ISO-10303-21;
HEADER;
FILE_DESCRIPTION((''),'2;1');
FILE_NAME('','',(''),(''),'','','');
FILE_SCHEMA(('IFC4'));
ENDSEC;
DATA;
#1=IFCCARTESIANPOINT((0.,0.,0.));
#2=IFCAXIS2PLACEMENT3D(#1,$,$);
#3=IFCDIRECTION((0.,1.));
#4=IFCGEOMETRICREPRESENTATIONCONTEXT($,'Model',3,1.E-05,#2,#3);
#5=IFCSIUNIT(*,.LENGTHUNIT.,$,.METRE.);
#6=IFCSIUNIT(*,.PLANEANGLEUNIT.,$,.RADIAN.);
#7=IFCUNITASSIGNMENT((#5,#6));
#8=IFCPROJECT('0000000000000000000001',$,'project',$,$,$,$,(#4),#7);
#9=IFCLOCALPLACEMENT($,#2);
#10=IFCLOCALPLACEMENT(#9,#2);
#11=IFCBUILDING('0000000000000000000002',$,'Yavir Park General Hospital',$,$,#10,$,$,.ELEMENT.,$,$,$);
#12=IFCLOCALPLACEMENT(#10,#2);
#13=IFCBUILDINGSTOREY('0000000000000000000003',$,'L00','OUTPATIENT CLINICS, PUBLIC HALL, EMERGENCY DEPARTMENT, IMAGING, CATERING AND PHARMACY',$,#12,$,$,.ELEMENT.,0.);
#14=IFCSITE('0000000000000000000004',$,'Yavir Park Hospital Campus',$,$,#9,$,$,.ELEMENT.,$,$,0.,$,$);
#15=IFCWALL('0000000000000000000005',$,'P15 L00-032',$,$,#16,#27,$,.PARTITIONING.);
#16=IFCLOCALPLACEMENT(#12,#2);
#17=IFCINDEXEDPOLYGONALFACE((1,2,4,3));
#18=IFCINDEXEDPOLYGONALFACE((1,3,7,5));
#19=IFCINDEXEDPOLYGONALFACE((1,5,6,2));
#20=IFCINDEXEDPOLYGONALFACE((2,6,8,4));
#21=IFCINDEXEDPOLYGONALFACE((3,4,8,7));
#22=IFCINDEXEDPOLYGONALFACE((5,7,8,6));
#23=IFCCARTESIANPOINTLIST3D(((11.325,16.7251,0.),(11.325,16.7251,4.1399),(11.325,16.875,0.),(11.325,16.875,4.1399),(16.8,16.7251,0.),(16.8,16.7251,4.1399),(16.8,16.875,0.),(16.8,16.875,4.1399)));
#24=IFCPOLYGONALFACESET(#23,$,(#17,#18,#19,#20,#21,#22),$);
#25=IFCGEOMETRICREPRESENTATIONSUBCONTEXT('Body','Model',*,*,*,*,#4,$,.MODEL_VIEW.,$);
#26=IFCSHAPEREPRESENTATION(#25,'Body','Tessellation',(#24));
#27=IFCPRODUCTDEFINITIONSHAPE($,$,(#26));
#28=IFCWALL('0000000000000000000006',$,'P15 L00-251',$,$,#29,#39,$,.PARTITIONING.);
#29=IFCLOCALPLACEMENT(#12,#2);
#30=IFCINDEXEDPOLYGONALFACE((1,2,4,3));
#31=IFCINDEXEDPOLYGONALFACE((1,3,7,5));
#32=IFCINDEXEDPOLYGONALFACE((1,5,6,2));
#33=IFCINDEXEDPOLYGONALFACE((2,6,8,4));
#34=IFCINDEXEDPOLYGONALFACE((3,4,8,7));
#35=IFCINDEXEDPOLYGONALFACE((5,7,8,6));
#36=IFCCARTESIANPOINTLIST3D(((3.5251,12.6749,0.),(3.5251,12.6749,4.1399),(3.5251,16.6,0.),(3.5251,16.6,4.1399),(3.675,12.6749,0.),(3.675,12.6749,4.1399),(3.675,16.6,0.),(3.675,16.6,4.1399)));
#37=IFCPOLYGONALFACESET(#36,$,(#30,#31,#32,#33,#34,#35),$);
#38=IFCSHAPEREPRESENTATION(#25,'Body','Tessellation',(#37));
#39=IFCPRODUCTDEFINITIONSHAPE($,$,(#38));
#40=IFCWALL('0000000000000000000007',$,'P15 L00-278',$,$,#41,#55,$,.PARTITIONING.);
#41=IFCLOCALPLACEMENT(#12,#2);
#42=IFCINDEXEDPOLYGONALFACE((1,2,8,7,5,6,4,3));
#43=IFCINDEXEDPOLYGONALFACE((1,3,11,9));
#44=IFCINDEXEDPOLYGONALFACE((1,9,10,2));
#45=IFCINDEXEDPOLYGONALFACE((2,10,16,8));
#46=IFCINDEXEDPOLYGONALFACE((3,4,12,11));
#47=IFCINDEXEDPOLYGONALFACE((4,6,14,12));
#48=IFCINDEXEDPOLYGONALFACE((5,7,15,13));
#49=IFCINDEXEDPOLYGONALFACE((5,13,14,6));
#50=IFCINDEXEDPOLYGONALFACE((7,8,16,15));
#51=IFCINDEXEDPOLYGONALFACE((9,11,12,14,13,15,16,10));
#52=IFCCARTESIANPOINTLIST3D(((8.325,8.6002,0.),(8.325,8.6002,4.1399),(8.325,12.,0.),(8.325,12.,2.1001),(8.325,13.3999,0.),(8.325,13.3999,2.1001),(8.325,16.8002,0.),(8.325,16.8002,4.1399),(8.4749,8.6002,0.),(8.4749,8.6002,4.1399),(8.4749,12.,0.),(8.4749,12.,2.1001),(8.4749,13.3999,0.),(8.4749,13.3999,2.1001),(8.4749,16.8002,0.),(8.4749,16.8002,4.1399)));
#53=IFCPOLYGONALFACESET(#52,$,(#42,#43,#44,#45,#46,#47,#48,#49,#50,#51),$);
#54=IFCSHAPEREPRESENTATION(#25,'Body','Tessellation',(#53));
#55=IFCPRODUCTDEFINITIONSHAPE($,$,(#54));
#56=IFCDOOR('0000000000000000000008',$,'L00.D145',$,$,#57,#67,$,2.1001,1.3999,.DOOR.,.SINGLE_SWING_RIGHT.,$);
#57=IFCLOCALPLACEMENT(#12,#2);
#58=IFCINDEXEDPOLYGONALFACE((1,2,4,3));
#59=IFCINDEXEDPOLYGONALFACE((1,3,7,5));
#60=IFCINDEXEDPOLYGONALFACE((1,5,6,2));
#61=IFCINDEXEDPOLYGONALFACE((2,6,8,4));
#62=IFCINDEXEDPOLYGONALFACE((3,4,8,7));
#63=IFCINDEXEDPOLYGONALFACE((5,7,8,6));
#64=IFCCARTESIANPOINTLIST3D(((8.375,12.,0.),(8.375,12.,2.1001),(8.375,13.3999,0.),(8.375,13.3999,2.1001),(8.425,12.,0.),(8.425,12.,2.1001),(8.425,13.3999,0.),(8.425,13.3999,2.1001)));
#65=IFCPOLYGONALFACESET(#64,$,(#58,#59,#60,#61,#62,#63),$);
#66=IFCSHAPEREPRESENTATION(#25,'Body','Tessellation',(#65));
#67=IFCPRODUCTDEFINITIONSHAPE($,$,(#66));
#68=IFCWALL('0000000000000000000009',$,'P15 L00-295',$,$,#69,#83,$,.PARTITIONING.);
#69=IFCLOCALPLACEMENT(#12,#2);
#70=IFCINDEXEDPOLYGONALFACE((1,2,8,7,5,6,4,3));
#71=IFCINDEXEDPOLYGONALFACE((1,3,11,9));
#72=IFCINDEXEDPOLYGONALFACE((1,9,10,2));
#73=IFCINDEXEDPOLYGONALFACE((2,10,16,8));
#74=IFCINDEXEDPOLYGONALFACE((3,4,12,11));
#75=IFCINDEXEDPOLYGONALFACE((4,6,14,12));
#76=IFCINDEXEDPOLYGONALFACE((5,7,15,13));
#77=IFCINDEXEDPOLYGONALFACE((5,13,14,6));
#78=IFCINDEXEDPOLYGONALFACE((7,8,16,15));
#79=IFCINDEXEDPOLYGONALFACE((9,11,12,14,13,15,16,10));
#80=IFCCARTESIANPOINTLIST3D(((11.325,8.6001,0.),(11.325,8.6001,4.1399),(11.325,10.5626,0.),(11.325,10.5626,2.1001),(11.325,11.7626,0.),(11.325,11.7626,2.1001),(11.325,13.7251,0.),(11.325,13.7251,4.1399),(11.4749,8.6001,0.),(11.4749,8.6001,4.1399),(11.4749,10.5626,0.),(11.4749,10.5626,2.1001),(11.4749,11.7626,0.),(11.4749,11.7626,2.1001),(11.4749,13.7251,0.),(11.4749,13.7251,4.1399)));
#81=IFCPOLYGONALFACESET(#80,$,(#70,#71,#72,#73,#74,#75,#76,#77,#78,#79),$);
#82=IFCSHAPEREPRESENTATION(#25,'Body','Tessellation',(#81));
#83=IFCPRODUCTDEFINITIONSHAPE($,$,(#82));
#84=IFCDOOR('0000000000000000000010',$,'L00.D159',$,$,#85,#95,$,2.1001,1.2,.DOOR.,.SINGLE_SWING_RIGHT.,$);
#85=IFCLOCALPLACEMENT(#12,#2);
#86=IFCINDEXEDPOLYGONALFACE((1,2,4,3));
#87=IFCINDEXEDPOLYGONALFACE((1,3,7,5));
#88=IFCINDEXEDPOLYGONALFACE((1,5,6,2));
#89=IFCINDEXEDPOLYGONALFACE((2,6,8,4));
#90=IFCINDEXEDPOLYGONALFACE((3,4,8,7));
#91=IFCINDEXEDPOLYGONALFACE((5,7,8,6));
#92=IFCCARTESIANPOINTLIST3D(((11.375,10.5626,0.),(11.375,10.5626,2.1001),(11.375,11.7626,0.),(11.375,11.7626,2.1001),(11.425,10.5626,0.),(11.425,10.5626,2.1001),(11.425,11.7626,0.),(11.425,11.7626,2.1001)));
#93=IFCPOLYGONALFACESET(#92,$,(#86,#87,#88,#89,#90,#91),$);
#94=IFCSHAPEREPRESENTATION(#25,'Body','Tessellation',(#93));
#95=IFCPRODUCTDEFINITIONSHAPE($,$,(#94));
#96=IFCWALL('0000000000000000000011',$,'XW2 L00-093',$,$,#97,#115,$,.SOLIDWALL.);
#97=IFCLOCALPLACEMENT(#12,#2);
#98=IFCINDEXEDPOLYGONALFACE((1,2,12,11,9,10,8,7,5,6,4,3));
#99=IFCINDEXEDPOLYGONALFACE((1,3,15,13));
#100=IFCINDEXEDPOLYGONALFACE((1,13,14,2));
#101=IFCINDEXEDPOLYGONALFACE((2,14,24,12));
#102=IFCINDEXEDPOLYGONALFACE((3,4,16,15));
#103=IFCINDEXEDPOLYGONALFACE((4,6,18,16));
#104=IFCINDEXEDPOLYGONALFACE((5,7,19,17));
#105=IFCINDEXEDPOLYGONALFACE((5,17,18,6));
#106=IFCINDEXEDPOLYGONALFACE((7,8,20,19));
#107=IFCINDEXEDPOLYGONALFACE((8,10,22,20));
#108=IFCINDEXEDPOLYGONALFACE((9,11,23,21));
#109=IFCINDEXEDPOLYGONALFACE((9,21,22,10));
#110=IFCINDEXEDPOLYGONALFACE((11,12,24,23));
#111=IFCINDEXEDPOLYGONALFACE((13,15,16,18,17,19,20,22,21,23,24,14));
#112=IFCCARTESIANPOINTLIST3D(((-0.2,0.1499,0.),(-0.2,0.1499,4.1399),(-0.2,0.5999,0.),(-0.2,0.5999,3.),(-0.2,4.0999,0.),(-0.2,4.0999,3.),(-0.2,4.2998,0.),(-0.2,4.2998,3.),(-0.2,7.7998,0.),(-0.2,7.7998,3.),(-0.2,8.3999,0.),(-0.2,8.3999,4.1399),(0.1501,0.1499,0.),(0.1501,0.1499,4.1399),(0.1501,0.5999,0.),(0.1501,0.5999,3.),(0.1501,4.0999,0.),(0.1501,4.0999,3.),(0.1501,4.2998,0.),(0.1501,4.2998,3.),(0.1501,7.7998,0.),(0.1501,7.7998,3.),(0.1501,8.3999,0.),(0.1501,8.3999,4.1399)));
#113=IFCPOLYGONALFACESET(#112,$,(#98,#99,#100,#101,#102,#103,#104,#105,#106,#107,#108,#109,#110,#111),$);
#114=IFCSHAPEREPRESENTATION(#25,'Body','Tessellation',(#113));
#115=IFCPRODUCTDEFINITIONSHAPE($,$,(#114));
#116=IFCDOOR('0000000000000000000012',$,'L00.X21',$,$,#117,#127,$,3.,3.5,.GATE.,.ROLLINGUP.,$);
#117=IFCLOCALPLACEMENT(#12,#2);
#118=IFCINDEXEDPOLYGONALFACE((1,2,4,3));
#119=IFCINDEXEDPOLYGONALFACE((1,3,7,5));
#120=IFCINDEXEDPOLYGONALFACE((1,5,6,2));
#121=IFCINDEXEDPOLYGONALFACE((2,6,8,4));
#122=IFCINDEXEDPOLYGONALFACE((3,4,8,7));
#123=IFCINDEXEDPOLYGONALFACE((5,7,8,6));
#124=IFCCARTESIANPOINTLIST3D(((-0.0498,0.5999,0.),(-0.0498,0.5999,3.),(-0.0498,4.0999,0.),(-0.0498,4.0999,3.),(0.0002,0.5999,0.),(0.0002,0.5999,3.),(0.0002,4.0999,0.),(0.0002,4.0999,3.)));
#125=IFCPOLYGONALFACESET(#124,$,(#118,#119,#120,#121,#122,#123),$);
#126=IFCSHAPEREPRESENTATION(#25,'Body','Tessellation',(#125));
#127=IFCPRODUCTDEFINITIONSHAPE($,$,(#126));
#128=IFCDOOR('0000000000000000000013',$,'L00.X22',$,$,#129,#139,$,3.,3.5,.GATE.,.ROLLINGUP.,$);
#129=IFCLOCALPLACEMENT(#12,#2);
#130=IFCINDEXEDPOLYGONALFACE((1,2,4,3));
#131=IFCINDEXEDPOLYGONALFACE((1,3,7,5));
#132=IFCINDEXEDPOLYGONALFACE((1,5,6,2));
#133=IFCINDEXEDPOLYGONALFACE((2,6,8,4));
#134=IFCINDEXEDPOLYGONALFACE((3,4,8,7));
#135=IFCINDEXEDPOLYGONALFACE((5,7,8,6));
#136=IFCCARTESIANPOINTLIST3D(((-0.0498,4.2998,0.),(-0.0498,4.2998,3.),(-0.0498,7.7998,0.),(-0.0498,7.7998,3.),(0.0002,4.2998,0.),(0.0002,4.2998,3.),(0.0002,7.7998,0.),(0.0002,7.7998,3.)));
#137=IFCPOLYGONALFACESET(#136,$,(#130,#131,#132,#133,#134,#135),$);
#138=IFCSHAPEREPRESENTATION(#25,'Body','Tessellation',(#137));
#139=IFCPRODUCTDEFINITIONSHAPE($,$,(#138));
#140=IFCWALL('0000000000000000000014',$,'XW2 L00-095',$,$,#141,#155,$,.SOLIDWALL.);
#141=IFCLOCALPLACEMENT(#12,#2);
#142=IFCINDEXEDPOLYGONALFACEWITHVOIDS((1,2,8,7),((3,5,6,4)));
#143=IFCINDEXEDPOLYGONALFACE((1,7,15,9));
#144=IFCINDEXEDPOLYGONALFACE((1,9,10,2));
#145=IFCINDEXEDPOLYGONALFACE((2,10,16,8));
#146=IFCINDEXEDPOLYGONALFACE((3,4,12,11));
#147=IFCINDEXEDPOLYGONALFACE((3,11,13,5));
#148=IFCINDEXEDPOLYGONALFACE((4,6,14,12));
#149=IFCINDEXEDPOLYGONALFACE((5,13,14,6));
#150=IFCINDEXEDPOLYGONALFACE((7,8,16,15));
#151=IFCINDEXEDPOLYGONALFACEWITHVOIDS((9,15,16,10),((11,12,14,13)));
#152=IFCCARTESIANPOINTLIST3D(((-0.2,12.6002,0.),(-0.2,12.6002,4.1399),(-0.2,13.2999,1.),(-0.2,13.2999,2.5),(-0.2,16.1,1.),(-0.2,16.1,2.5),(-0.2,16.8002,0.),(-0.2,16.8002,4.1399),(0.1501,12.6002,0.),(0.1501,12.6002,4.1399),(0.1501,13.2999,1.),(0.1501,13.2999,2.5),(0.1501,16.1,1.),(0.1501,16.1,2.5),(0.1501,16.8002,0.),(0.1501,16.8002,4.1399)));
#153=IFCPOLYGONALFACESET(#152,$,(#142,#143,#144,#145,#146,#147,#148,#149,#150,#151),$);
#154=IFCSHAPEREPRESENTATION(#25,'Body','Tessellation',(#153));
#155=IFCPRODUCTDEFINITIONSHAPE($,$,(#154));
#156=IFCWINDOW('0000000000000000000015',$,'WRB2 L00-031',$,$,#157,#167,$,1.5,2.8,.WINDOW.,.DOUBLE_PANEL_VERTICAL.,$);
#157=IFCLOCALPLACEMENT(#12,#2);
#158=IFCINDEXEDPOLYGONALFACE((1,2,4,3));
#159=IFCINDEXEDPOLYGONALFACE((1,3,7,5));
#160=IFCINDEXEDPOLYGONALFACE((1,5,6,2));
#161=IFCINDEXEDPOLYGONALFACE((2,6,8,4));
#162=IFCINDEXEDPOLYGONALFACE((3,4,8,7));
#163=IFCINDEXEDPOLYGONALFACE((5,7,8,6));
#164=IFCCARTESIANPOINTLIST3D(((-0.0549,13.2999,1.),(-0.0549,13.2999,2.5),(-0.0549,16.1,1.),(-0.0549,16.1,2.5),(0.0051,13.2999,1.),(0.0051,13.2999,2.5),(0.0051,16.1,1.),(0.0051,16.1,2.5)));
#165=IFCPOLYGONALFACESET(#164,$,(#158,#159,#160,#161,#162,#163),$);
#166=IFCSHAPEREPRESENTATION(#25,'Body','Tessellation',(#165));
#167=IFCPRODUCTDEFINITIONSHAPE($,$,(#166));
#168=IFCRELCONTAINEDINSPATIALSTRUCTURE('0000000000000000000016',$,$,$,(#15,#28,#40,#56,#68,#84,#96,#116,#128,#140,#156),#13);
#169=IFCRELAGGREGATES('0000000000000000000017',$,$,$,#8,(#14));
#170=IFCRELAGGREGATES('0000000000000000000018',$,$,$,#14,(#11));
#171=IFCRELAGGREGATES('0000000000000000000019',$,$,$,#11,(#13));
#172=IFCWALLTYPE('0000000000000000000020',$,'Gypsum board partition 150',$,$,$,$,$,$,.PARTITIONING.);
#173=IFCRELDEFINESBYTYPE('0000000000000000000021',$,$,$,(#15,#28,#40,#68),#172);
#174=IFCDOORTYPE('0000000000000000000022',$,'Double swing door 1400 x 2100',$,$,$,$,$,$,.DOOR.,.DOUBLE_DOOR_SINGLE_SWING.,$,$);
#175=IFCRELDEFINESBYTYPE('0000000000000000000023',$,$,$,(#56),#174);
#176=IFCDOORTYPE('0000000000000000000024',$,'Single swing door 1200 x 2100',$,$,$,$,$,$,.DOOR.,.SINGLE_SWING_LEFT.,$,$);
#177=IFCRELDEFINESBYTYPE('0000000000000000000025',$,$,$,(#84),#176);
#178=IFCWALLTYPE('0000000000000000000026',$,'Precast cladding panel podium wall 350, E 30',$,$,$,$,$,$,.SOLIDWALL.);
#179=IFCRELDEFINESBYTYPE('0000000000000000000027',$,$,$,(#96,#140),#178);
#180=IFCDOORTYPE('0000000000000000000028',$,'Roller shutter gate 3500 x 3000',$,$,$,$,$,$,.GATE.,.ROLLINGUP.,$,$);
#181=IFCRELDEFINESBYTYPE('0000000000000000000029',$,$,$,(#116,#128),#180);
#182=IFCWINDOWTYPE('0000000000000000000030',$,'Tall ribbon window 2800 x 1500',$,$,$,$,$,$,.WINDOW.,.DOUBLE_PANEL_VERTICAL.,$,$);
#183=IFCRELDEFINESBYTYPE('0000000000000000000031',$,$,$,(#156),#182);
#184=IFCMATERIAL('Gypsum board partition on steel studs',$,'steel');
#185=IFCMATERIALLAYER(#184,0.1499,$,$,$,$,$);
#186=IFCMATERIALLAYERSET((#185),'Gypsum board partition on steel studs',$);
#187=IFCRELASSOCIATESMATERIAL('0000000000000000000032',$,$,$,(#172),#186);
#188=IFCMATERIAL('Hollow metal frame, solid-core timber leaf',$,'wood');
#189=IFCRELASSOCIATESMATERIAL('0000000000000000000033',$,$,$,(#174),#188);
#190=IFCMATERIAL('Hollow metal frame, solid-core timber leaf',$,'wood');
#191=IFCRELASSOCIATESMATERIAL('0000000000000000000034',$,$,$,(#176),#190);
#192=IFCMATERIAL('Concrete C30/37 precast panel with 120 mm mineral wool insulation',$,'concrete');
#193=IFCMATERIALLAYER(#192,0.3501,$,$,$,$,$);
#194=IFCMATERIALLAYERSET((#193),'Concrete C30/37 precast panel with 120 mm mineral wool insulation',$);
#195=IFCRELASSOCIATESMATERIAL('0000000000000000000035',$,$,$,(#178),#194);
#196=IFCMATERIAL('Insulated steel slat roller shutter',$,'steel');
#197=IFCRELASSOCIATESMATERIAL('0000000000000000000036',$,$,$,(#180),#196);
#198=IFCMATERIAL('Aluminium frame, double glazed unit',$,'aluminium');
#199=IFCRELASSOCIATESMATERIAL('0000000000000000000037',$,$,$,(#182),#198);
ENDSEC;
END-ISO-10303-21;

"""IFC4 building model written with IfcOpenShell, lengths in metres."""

from ifc_helpers import new_model, si_unit, direction, frame, frame_2d, origin, place, context, subcontext, project, spatial, rectangle, extrude, material, layer, layer_set, type_object, element, fill, save


model = new_model("IFC4")

# Units and contexts
model_context = context("Model", 3, precision=1e-05, world=origin(), true_north=direction((0.0, 1.0)))
body_context = subcontext(model_context, "Body", "Model", "MODEL_VIEW")
ifc_project = project(units=[si_unit("LENGTHUNIT", "METRE"), si_unit("PLANEANGLEUNIT", "RADIAN")], contexts=[model_context])

# Site, building, storey
site_placement = place(None, origin())
site = spatial("IfcSite", under=ifc_project, at=site_placement, Name="Yavir Park Hospital Campus", CompositionType="ELEMENT", RefElevation=0.0)
building_placement = place(site_placement, origin())
building = spatial("IfcBuilding", under=site, at=building_placement, Name="Yavir Park General Hospital", CompositionType="ELEMENT")
storey_placement = place(building_placement, origin())
storey = spatial("IfcBuildingStorey", under=building, at=storey_placement, Name="L00", Description="OUTPATIENT CLINICS, PUBLIC HALL, EMERGENCY DEPARTMENT, IMAGING, CATERING AND PHARMACY", CompositionType="ELEMENT", Elevation=0.0)

# Shared definitions
ifc_material_1 = material(Name="Gypsum board partition on steel studs", Category="steel")
ifc_layer_1 = layer(ifc_material_1, 0.1499)
ifc_layer_set_1 = layer_set([ifc_layer_1], Name="Gypsum board partition on steel studs")
wall_type_1 = type_object("IfcWallType", Name="Gypsum board partition 150", PredefinedType="PARTITIONING", material=ifc_layer_set_1)

# Shared definitions
ifc_material_2 = material(Name="Hollow metal frame, solid-core timber leaf", Category="wood")
door_type_1 = type_object("IfcDoorType", Name="Double swing door 1400 x 2100", OperationType="DOUBLE_DOOR_SINGLE_SWING", PredefinedType="DOOR", material=ifc_material_2)
ifc_material_3 = material(Name="Hollow metal frame, solid-core timber leaf", Category="wood")
door_type_2 = type_object("IfcDoorType", Name="Single swing door 1200 x 2100", OperationType="SINGLE_SWING_LEFT", PredefinedType="DOOR", material=ifc_material_3)

# Walls
wall_1_placement = place(storey_placement, frame((11.325, 16.8, 0.0), z_axis=(0.0, 0.0, 1.0), x_axis=(1.0, 0.0, 0.0)))
element("IfcWall", 1, at=wall_1_placement, inside=storey, type_object=wall_type_1, Name="P15 L00-032", PredefinedType="PARTITIONING", context=body_context, shape_type="SweptSolid", body=[
    extrude(rectangle(XDim=5.4751, YDim=0.1499, at=frame_2d((2.7375, 0.0))), origin(), (0.0, 0.0, 1.0), 4.1399),
])
wall_2_placement = place(storey_placement, frame((3.6001, 12.675, 0.0), z_axis=(0.0, 0.0, 1.0), x_axis=(0.0, 1.0, 0.0)))
element("IfcWall", 2, at=wall_2_placement, inside=storey, type_object=wall_type_1, Name="P15 L00-251", PredefinedType="PARTITIONING", context=body_context, shape_type="SweptSolid", body=[
    extrude(rectangle(XDim=3.925, YDim=0.1499, at=frame_2d((1.9624, 0.0))), origin(), (0.0, 0.0, 1.0), 4.1399),
])

# Walls, openings, doors
wall_3_placement = place(storey_placement, frame((8.3999, 8.6001, 0.0), z_axis=(0.0, 0.0, 1.0), x_axis=(0.0, 1.0, 0.0)))
wall_3 = element("IfcWall", 3, at=wall_3_placement, inside=storey, type_object=wall_type_1, Name="P15 L00-278", PredefinedType="PARTITIONING", context=body_context, shape_type="SweptSolid", body=[
    extrude(rectangle(XDim=8.2, YDim=0.1499, at=frame_2d((4.1001, 0.0))), origin(), (0.0, 0.0, 1.0), 4.1399),
])
opening_1_placement = place(wall_3_placement, frame((3.3999, 0.0, 0.0)))
opening_1 = element("IfcOpeningElement", 4, at=opening_1_placement, cuts=wall_3, PredefinedType="OPENING", context=body_context, shape_type="SweptSolid", body=[
    extrude(rectangle(XDim=1.3999, YDim=2.1001, at=frame_2d((0.7, 1.05))), frame((0.0, 0.085, 0.0), z_axis=(0.0, -1.0, 0.0), x_axis=(1.0, 0.0, 0.0)), (0.0, 0.0, 1.0), 0.1699),
])
door_1_placement = place(opening_1_placement, origin())
door_1 = element("IfcDoor", 5, at=door_1_placement, inside=storey, type_object=door_type_1, Name="L00.D145", OperationType="SINGLE_SWING_RIGHT", OverallHeight=2.1001, OverallWidth=1.3999, PredefinedType="DOOR", context=body_context, shape_type="SweptSolid", body=[
    extrude(rectangle(XDim=1.3999, YDim=2.1001, at=frame_2d((0.7, 1.05))), frame((0.0, 0.0249, 0.0), z_axis=(0.0, -1.0, 0.0), x_axis=(1.0, 0.0, 0.0)), (0.0, 0.0, 1.0), 0.05),
])
fill(opening_1, door_1)
wall_4_placement = place(storey_placement, frame((11.3999, 8.6001, 0.0), z_axis=(0.0, 0.0, 1.0), x_axis=(0.0, 1.0, 0.0)))
wall_4 = element("IfcWall", 6, at=wall_4_placement, inside=storey, type_object=wall_type_1, Name="P15 L00-295", PredefinedType="PARTITIONING", context=body_context, shape_type="SweptSolid", body=[
    extrude(rectangle(XDim=5.125, YDim=0.1499, at=frame_2d((2.5625, 0.0))), origin(), (0.0, 0.0, 1.0), 4.1399),
])
opening_2_placement = place(wall_4_placement, frame((1.9624, 0.0, 0.0)))
opening_2 = element("IfcOpeningElement", 7, at=opening_2_placement, cuts=wall_4, PredefinedType="OPENING", context=body_context, shape_type="SweptSolid", body=[
    extrude(rectangle(XDim=1.2, YDim=2.1001, at=frame_2d((0.6001, 1.05))), frame((0.0, 0.085, 0.0), z_axis=(0.0, -1.0, 0.0), x_axis=(1.0, 0.0, 0.0)), (0.0, 0.0, 1.0), 0.1699),
])
door_2_placement = place(opening_2_placement, origin())
door_2 = element("IfcDoor", 8, at=door_2_placement, inside=storey, type_object=door_type_2, Name="L00.D159", OperationType="SINGLE_SWING_RIGHT", OverallHeight=2.1001, OverallWidth=1.2, PredefinedType="DOOR", context=body_context, shape_type="SweptSolid", body=[
    extrude(rectangle(XDim=1.2, YDim=2.1001, at=frame_2d((0.6001, 1.05))), frame((0.0, 0.0249, 0.0), z_axis=(0.0, -1.0, 0.0), x_axis=(1.0, 0.0, 0.0)), (0.0, 0.0, 1.0), 0.05),
])
fill(opening_2, door_2)

# Wall, openings, doors
ifc_material_4 = material(Name="Concrete C30/37 precast panel with 120 mm mineral wool insulation", Category="concrete")
ifc_layer_2 = layer(ifc_material_4, 0.3501)
ifc_layer_set_2 = layer_set([ifc_layer_2], Name="Concrete C30/37 precast panel with 120 mm mineral wool insulation")
wall_type_2 = type_object("IfcWallType", Name="Precast cladding panel podium wall 350, E 30", PredefinedType="SOLIDWALL", material=ifc_layer_set_2)
wall_5_placement = place(storey_placement, frame((-0.0249, 0.1499, 0.0), z_axis=(0.0, 0.0, 1.0), x_axis=(0.0, 1.0, 0.0)))
wall_5 = element("IfcWall", 9, at=wall_5_placement, inside=storey, type_object=wall_type_2, Name="XW2 L00-093", PredefinedType="SOLIDWALL", context=body_context, shape_type="SweptSolid", body=[
    extrude(rectangle(XDim=8.25, YDim=0.3501, at=frame_2d((4.125, 0.0))), origin(), (0.0, 0.0, 1.0), 4.1399),
])
opening_3_placement = place(wall_5_placement, frame((0.45, 0.0, 0.0)))
opening_3 = element("IfcOpeningElement", 10, at=opening_3_placement, cuts=wall_5, PredefinedType="OPENING", context=body_context, shape_type="SweptSolid", body=[
    extrude(rectangle(XDim=3.5, YDim=3.0, at=frame_2d((1.75, 1.5))), frame((0.0, 0.1851, 0.0), z_axis=(0.0, -1.0, 0.0), x_axis=(1.0, 0.0, 0.0)), (0.0, 0.0, 1.0), 0.3701),
])
opening_4_placement = place(wall_5_placement, frame((4.1499, 0.0, 0.0)))
opening_4 = element("IfcOpeningElement", 11, at=opening_4_placement, cuts=wall_5, PredefinedType="OPENING", context=body_context, shape_type="SweptSolid", body=[
    extrude(rectangle(XDim=3.5, YDim=3.0, at=frame_2d((1.75, 1.5))), frame((0.0, 0.1851, 0.0), z_axis=(0.0, -1.0, 0.0), x_axis=(1.0, 0.0, 0.0)), (0.0, 0.0, 1.0), 0.3701),
])
ifc_material_5 = material(Name="Insulated steel slat roller shutter", Category="steel")
door_type_3 = type_object("IfcDoorType", Name="Roller shutter gate 3500 x 3000", OperationType="ROLLINGUP", PredefinedType="GATE", material=ifc_material_5)
door_3_placement = place(opening_3_placement, origin())
door_3 = element("IfcDoor", 12, at=door_3_placement, inside=storey, type_object=door_type_3, Name="L00.X21", OperationType="ROLLINGUP", OverallHeight=3.0, OverallWidth=3.5, PredefinedType="GATE", context=body_context, shape_type="SweptSolid", body=[
    extrude(rectangle(XDim=3.5, YDim=3.0, at=frame_2d((1.75, 1.5))), frame((0.0, 0.0249, 0.0), z_axis=(0.0, -1.0, 0.0), x_axis=(1.0, 0.0, 0.0)), (0.0, 0.0, 1.0), 0.05),
])
fill(opening_3, door_3)
door_4_placement = place(opening_4_placement, origin())
door_4 = element("IfcDoor", 13, at=door_4_placement, inside=storey, type_object=door_type_3, Name="L00.X22", OperationType="ROLLINGUP", OverallHeight=3.0, OverallWidth=3.5, PredefinedType="GATE", context=body_context, shape_type="SweptSolid", body=[
    extrude(rectangle(XDim=3.5, YDim=3.0, at=frame_2d((1.75, 1.5))), frame((0.0, 0.0249, 0.0), z_axis=(0.0, -1.0, 0.0), x_axis=(1.0, 0.0, 0.0)), (0.0, 0.0, 1.0), 0.05),
])
fill(opening_4, door_4)

# Wall, opening, window
wall_6_placement = place(storey_placement, frame((-0.0249, 12.6001, 0.0), z_axis=(0.0, 0.0, 1.0), x_axis=(0.0, 1.0, 0.0)))
wall_6 = element("IfcWall", 14, at=wall_6_placement, inside=storey, type_object=wall_type_2, Name="XW2 L00-095", PredefinedType="SOLIDWALL", context=body_context, shape_type="SweptSolid", body=[
    extrude(rectangle(XDim=4.2, YDim=0.3501, at=frame_2d((2.1001, 0.0))), origin(), (0.0, 0.0, 1.0), 4.1399),
])
opening_5_placement = place(wall_6_placement, frame((0.7, 0.0, 1.0)))
opening_5 = element("IfcOpeningElement", 15, at=opening_5_placement, cuts=wall_6, PredefinedType="OPENING", context=body_context, shape_type="SweptSolid", body=[
    extrude(rectangle(XDim=2.8, YDim=1.5, at=frame_2d((1.3999, 0.75))), frame((0.0, 0.1851, 0.0), z_axis=(0.0, -1.0, 0.0), x_axis=(1.0, 0.0, 0.0)), (0.0, 0.0, 1.0), 0.3701),
])
ifc_material_6 = material(Name="Aluminium frame, double glazed unit", Category="aluminium")
window_type = type_object("IfcWindowType", Name="Tall ribbon window 2800 x 1500", PartitioningType="DOUBLE_PANEL_VERTICAL", PredefinedType="WINDOW", material=ifc_material_6)
window_placement = place(opening_5_placement, origin())
window = element("IfcWindow", 16, at=window_placement, inside=storey, type_object=window_type, Name="WRB2 L00-031", OverallHeight=1.5, OverallWidth=2.8, PartitioningType="DOUBLE_PANEL_VERTICAL", PredefinedType="WINDOW", context=body_context, shape_type="SweptSolid", body=[
    extrude(rectangle(XDim=2.8, YDim=1.5, at=frame_2d((1.3999, 0.75))), frame((0.0, 0.03, 0.0), z_axis=(0.0, -1.0, 0.0), x_axis=(1.0, 0.0, 0.0)), (0.0, 0.0, 1.0), 0.0601),
])
fill(opening_5, window)

save(model, "model.ifc")
